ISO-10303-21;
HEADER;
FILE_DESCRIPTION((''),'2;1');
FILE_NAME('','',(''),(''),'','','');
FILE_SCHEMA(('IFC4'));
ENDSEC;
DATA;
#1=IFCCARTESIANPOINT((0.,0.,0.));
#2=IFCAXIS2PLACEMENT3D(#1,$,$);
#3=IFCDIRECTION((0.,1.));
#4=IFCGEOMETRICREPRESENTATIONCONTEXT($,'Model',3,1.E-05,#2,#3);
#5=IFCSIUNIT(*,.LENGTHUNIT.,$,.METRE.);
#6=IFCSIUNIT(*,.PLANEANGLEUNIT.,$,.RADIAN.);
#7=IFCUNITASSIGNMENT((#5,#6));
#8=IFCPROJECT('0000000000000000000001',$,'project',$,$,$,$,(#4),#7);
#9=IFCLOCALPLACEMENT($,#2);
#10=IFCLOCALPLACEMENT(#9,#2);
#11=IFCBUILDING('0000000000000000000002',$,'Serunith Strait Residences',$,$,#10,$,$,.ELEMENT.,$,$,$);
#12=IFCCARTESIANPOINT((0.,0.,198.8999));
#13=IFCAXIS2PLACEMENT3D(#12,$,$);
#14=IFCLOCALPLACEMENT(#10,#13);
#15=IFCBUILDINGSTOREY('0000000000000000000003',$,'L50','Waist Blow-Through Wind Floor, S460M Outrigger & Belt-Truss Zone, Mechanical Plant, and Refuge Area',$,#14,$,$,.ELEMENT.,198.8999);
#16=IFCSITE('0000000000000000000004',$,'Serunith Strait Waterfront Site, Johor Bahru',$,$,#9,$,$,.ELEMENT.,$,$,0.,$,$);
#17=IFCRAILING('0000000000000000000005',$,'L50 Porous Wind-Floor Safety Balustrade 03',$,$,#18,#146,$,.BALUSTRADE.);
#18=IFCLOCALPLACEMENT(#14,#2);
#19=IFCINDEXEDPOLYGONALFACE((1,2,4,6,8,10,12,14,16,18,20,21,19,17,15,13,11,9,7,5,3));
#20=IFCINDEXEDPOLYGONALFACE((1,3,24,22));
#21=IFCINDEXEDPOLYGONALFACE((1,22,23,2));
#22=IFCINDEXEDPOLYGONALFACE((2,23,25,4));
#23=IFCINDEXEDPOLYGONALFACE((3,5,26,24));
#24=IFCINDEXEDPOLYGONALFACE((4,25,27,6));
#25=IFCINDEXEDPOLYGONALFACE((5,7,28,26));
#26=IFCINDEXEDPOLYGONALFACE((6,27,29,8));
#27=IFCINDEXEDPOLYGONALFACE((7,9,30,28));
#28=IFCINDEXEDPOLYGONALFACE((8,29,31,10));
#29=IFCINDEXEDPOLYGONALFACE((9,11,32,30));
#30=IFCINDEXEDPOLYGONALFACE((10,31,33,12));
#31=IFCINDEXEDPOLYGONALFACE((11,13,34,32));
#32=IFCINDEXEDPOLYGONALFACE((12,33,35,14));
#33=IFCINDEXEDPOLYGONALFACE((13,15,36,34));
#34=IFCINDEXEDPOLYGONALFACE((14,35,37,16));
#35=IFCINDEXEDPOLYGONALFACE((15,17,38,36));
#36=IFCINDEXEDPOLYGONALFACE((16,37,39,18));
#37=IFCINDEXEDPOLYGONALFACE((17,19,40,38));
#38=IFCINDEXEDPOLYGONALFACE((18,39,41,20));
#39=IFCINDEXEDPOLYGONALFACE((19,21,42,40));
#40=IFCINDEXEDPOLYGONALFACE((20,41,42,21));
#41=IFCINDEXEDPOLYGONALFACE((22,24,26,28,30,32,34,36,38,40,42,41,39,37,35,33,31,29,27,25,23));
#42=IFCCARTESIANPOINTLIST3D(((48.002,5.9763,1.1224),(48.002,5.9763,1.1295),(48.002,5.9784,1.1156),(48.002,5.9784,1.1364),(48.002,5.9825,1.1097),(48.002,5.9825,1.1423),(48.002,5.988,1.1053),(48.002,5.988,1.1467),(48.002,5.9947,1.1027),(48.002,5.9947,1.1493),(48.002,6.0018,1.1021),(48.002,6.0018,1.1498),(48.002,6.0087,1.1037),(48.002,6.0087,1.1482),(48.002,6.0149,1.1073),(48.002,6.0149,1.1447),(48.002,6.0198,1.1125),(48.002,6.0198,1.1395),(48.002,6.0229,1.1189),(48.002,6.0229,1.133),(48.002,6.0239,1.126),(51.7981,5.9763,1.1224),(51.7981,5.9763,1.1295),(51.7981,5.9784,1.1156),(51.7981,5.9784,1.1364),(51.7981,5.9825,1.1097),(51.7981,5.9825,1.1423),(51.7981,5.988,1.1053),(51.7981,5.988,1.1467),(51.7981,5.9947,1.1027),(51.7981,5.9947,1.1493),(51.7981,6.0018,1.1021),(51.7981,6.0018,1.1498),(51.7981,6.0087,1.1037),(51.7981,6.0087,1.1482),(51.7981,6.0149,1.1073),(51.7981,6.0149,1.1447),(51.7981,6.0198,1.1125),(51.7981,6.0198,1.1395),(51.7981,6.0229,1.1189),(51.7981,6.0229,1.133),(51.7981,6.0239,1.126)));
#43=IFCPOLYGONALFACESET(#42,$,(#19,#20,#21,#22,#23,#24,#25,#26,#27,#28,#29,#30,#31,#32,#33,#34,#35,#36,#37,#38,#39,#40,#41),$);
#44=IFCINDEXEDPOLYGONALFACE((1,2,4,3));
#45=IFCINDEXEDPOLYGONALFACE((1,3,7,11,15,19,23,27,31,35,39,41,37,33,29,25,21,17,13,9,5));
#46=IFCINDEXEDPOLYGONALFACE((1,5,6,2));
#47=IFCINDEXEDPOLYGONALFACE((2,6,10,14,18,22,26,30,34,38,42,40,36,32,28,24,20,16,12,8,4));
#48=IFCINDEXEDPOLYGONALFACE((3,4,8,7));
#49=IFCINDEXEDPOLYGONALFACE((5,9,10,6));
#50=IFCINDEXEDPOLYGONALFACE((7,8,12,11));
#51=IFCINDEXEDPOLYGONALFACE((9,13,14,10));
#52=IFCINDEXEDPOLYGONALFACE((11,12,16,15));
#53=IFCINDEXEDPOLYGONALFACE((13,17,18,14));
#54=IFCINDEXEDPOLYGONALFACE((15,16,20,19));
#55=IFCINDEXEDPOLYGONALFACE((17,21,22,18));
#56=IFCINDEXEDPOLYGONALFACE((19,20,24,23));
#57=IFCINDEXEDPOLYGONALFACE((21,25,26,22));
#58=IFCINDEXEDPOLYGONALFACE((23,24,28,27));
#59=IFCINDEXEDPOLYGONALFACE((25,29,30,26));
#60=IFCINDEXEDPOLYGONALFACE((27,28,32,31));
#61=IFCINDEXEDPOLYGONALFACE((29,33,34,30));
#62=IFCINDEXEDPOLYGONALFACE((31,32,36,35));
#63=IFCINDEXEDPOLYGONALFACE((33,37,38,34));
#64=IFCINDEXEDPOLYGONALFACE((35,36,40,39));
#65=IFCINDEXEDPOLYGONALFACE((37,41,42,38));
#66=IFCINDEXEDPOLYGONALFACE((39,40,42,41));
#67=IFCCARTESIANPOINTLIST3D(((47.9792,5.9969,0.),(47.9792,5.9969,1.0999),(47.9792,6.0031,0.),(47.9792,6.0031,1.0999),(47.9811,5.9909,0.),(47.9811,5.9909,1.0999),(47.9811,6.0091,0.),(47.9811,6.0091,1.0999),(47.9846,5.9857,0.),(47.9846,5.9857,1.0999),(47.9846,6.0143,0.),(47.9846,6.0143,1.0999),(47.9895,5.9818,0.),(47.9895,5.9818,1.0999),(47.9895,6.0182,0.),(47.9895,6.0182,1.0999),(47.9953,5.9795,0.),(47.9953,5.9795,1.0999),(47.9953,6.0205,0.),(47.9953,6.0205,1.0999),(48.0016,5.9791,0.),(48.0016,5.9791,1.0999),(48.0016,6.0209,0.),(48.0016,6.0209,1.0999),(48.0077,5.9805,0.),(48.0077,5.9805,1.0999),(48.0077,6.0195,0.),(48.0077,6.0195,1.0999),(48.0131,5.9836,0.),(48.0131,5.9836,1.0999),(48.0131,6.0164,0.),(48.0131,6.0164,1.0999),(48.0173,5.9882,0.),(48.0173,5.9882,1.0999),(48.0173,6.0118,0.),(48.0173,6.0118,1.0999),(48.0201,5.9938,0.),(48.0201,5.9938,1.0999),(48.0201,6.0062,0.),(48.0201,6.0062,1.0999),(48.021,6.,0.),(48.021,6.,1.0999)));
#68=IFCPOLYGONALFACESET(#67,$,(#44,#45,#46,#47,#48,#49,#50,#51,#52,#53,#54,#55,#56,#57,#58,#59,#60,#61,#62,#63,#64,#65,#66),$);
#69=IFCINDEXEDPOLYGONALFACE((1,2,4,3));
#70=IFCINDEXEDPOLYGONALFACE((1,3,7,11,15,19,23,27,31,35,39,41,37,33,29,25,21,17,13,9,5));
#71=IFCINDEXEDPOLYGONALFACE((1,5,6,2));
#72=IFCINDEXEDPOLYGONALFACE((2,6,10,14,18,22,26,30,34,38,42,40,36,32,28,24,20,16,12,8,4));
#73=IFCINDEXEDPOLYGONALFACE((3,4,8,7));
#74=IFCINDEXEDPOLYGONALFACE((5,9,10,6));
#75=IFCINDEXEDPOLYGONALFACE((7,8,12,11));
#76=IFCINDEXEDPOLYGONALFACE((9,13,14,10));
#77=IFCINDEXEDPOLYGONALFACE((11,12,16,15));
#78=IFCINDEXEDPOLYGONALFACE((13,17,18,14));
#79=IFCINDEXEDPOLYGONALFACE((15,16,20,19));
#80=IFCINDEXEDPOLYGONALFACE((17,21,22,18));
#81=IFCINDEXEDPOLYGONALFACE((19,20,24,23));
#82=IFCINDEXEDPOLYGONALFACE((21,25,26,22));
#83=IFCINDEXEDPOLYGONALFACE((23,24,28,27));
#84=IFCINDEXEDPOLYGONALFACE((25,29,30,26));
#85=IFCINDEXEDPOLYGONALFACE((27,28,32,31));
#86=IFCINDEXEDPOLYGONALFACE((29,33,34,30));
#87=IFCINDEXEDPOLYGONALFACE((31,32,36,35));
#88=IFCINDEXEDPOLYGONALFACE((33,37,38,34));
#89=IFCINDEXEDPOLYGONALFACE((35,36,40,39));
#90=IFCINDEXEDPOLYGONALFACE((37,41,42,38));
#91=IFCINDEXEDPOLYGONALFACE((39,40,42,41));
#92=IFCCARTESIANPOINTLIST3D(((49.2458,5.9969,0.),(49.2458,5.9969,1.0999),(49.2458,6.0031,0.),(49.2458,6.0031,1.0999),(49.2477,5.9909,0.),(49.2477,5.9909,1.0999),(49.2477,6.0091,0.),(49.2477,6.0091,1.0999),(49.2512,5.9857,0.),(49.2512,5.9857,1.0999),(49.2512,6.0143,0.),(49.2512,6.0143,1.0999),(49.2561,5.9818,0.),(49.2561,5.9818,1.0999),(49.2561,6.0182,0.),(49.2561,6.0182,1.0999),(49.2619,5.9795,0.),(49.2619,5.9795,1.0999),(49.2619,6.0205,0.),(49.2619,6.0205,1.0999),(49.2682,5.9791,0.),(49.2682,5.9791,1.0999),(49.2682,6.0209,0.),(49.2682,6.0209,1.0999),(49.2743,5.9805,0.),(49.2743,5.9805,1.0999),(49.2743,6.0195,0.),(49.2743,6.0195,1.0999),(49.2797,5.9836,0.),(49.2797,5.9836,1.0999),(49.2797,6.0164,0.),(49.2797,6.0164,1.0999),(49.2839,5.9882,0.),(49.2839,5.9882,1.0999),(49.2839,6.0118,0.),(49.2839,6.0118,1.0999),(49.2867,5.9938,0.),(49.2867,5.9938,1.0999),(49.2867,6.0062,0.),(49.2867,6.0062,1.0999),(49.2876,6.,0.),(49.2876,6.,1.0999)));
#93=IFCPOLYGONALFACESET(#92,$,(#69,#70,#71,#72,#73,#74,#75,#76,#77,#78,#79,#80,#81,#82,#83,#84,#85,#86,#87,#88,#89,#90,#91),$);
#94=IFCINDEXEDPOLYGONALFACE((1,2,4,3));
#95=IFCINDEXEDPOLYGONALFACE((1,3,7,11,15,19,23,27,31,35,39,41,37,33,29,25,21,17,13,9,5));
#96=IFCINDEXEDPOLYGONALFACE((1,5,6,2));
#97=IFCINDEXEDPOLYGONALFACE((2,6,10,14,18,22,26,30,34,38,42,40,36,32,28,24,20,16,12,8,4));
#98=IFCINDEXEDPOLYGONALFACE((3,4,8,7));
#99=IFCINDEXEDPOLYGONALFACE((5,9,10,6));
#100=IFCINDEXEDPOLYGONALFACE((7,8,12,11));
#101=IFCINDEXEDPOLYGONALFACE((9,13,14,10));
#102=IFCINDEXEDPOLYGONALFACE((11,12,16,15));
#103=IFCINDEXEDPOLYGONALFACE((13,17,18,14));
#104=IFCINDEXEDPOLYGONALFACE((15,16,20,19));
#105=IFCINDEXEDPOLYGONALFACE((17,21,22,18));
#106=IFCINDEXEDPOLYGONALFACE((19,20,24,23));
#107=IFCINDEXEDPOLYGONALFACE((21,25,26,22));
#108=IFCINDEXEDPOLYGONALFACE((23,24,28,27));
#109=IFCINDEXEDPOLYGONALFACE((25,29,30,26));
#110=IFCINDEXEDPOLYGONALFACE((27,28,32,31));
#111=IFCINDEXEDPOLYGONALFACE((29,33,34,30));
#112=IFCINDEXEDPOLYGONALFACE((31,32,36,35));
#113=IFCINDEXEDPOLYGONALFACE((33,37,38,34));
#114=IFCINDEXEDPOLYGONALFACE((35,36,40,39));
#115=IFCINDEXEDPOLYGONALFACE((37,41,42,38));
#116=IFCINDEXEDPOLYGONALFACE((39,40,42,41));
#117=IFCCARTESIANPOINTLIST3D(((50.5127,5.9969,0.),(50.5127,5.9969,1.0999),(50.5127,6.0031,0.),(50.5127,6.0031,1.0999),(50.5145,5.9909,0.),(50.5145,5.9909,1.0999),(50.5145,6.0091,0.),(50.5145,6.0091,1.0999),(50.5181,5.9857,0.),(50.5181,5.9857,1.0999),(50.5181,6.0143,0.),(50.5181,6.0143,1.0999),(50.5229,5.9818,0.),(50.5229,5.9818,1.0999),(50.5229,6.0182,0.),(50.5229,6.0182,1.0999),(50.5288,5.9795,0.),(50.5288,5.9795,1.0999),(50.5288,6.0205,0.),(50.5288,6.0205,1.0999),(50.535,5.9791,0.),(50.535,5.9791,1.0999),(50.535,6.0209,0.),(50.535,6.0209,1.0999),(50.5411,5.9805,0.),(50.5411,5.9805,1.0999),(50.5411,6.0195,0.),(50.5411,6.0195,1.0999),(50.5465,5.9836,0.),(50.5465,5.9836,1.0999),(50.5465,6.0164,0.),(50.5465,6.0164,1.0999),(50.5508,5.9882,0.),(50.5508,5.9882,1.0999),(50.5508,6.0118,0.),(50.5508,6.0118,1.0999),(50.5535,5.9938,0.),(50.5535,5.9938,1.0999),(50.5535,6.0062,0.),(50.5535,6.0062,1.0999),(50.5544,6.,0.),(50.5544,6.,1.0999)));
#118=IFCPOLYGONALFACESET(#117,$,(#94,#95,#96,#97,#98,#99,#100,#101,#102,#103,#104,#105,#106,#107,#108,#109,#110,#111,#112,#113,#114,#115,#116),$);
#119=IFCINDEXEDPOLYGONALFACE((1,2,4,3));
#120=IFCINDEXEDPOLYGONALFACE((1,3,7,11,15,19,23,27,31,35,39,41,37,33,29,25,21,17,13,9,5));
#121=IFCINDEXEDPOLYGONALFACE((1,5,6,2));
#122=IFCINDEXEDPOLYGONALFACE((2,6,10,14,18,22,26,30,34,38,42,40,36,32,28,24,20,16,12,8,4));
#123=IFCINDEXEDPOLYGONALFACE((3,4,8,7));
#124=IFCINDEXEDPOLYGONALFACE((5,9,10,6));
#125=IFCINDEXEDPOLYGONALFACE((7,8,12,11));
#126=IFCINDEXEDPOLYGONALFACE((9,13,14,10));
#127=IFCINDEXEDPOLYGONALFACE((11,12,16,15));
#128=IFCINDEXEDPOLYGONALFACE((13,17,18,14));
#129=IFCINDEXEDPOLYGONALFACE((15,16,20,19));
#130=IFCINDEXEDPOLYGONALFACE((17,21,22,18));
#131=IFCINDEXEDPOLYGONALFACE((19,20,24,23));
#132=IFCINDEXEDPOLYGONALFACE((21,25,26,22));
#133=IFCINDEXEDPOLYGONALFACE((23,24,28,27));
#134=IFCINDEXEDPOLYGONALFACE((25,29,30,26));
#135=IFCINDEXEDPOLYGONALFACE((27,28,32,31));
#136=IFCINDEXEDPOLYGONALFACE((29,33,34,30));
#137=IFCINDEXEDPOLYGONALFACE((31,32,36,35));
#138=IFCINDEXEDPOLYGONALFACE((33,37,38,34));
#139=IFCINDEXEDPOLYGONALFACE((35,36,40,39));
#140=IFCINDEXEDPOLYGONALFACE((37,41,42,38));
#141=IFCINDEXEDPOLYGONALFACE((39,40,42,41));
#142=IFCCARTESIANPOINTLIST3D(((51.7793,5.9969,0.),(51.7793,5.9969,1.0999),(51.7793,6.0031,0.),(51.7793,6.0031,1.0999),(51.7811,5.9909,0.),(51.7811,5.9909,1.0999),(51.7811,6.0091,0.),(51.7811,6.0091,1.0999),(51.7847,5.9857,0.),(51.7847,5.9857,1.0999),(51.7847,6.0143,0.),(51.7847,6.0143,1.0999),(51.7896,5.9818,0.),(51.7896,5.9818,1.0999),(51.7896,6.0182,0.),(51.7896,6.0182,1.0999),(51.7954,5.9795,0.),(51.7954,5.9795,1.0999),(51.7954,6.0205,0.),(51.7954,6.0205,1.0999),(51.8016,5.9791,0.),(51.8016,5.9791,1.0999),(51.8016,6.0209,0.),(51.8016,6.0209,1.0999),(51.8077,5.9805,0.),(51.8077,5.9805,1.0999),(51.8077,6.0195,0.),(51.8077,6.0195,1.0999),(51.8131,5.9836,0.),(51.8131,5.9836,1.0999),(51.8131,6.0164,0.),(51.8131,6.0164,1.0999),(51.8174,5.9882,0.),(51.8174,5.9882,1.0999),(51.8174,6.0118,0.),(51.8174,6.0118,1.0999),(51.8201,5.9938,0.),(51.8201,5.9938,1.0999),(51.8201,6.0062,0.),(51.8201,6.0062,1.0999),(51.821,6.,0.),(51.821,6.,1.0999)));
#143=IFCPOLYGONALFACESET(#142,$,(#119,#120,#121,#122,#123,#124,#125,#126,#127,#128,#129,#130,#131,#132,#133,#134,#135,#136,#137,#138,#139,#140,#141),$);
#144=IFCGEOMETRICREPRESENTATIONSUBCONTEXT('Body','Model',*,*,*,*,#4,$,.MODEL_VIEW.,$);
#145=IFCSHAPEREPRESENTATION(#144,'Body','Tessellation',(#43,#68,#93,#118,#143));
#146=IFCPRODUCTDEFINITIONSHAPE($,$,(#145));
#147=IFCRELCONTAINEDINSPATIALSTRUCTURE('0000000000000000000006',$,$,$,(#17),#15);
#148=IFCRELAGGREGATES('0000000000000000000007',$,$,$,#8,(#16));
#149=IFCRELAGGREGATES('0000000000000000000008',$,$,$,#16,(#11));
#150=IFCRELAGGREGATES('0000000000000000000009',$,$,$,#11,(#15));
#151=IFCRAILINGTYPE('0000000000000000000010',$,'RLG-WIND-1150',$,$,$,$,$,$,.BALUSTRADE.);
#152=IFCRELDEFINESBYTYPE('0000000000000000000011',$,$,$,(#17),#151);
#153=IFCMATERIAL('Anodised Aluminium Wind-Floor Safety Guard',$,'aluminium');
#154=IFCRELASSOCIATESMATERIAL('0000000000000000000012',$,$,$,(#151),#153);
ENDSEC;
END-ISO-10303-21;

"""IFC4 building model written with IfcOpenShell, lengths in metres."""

from ifc_helpers import new_model, si_unit, direction, frame, origin, origin_2d, place, context, subcontext, project, spatial, circle, extrude, material, type_object, element, save


model = new_model("IFC4")

# Units and contexts
model_context = context("Model", 3, precision=1e-05, world=origin(), true_north=direction((0.0, 1.0)))
body_context = subcontext(model_context, "Body", "Model", "MODEL_VIEW")
ifc_project = project(units=[si_unit("LENGTHUNIT", "METRE"), si_unit("PLANEANGLEUNIT", "RADIAN")], contexts=[model_context])

# Site, building, storey
site_placement = place(None, origin())
site = spatial("IfcSite", under=ifc_project, at=site_placement, Name="Serunith Strait Waterfront Site, Johor Bahru", CompositionType="ELEMENT", RefElevation=0.0)
building_placement = place(site_placement, origin())
building = spatial("IfcBuilding", under=site, at=building_placement, Name="Serunith Strait Residences", CompositionType="ELEMENT")
storey_placement = place(building_placement, frame((0.0, 0.0, 198.8999)))
storey = spatial("IfcBuildingStorey", under=building, at=storey_placement, Name="L50", Description="Waist Blow-Through Wind Floor, S460M Outrigger & Belt-Truss Zone, Mechanical Plant, and Refuge Area", CompositionType="ELEMENT", Elevation=198.8999)

# Railing
ifc_material_1 = material(Name="Anodised Aluminium Wind-Floor Safety Guard", Category="aluminium")
railing_type = type_object("IfcRailingType", Name="RLG-WIND-1150", PredefinedType="BALUSTRADE", material=ifc_material_1)
railing_1_placement = place(storey_placement, frame((48.0, 6.0, 0.0)))
element("IfcRailing", 1, at=railing_1_placement, inside=storey, type_object=railing_type, Name="L50 Porous Wind-Floor Safety Balustrade 03", PredefinedType="BALUSTRADE", context=body_context, shape_type="SweptSolid", body=[
    extrude(circle(Radius=0.0239, at=origin_2d()), frame((0.002, 0.0, 1.126), z_axis=(1.0, 0.0, 0.0), x_axis=(0.0, 1.0, 0.0)), (0.0, 0.0, 1.0), 3.7961),
    extrude(circle(Radius=0.021, at=origin_2d()), origin(), (0.0, 0.0, 1.0), 1.0999),
    extrude(circle(Radius=0.021, at=origin_2d()), frame((1.2666, 0.0, 0.0)), (0.0, 0.0, 1.0), 1.0999),
    extrude(circle(Radius=0.021, at=origin_2d()), frame((2.5334, 0.0, 0.0)), (0.0, 0.0, 1.0), 1.0999),
    extrude(circle(Radius=0.021, at=origin_2d()), frame((3.8, 0.0, 0.0)), (0.0, 0.0, 1.0), 1.0999),
])

save(model, "model.ifc")
